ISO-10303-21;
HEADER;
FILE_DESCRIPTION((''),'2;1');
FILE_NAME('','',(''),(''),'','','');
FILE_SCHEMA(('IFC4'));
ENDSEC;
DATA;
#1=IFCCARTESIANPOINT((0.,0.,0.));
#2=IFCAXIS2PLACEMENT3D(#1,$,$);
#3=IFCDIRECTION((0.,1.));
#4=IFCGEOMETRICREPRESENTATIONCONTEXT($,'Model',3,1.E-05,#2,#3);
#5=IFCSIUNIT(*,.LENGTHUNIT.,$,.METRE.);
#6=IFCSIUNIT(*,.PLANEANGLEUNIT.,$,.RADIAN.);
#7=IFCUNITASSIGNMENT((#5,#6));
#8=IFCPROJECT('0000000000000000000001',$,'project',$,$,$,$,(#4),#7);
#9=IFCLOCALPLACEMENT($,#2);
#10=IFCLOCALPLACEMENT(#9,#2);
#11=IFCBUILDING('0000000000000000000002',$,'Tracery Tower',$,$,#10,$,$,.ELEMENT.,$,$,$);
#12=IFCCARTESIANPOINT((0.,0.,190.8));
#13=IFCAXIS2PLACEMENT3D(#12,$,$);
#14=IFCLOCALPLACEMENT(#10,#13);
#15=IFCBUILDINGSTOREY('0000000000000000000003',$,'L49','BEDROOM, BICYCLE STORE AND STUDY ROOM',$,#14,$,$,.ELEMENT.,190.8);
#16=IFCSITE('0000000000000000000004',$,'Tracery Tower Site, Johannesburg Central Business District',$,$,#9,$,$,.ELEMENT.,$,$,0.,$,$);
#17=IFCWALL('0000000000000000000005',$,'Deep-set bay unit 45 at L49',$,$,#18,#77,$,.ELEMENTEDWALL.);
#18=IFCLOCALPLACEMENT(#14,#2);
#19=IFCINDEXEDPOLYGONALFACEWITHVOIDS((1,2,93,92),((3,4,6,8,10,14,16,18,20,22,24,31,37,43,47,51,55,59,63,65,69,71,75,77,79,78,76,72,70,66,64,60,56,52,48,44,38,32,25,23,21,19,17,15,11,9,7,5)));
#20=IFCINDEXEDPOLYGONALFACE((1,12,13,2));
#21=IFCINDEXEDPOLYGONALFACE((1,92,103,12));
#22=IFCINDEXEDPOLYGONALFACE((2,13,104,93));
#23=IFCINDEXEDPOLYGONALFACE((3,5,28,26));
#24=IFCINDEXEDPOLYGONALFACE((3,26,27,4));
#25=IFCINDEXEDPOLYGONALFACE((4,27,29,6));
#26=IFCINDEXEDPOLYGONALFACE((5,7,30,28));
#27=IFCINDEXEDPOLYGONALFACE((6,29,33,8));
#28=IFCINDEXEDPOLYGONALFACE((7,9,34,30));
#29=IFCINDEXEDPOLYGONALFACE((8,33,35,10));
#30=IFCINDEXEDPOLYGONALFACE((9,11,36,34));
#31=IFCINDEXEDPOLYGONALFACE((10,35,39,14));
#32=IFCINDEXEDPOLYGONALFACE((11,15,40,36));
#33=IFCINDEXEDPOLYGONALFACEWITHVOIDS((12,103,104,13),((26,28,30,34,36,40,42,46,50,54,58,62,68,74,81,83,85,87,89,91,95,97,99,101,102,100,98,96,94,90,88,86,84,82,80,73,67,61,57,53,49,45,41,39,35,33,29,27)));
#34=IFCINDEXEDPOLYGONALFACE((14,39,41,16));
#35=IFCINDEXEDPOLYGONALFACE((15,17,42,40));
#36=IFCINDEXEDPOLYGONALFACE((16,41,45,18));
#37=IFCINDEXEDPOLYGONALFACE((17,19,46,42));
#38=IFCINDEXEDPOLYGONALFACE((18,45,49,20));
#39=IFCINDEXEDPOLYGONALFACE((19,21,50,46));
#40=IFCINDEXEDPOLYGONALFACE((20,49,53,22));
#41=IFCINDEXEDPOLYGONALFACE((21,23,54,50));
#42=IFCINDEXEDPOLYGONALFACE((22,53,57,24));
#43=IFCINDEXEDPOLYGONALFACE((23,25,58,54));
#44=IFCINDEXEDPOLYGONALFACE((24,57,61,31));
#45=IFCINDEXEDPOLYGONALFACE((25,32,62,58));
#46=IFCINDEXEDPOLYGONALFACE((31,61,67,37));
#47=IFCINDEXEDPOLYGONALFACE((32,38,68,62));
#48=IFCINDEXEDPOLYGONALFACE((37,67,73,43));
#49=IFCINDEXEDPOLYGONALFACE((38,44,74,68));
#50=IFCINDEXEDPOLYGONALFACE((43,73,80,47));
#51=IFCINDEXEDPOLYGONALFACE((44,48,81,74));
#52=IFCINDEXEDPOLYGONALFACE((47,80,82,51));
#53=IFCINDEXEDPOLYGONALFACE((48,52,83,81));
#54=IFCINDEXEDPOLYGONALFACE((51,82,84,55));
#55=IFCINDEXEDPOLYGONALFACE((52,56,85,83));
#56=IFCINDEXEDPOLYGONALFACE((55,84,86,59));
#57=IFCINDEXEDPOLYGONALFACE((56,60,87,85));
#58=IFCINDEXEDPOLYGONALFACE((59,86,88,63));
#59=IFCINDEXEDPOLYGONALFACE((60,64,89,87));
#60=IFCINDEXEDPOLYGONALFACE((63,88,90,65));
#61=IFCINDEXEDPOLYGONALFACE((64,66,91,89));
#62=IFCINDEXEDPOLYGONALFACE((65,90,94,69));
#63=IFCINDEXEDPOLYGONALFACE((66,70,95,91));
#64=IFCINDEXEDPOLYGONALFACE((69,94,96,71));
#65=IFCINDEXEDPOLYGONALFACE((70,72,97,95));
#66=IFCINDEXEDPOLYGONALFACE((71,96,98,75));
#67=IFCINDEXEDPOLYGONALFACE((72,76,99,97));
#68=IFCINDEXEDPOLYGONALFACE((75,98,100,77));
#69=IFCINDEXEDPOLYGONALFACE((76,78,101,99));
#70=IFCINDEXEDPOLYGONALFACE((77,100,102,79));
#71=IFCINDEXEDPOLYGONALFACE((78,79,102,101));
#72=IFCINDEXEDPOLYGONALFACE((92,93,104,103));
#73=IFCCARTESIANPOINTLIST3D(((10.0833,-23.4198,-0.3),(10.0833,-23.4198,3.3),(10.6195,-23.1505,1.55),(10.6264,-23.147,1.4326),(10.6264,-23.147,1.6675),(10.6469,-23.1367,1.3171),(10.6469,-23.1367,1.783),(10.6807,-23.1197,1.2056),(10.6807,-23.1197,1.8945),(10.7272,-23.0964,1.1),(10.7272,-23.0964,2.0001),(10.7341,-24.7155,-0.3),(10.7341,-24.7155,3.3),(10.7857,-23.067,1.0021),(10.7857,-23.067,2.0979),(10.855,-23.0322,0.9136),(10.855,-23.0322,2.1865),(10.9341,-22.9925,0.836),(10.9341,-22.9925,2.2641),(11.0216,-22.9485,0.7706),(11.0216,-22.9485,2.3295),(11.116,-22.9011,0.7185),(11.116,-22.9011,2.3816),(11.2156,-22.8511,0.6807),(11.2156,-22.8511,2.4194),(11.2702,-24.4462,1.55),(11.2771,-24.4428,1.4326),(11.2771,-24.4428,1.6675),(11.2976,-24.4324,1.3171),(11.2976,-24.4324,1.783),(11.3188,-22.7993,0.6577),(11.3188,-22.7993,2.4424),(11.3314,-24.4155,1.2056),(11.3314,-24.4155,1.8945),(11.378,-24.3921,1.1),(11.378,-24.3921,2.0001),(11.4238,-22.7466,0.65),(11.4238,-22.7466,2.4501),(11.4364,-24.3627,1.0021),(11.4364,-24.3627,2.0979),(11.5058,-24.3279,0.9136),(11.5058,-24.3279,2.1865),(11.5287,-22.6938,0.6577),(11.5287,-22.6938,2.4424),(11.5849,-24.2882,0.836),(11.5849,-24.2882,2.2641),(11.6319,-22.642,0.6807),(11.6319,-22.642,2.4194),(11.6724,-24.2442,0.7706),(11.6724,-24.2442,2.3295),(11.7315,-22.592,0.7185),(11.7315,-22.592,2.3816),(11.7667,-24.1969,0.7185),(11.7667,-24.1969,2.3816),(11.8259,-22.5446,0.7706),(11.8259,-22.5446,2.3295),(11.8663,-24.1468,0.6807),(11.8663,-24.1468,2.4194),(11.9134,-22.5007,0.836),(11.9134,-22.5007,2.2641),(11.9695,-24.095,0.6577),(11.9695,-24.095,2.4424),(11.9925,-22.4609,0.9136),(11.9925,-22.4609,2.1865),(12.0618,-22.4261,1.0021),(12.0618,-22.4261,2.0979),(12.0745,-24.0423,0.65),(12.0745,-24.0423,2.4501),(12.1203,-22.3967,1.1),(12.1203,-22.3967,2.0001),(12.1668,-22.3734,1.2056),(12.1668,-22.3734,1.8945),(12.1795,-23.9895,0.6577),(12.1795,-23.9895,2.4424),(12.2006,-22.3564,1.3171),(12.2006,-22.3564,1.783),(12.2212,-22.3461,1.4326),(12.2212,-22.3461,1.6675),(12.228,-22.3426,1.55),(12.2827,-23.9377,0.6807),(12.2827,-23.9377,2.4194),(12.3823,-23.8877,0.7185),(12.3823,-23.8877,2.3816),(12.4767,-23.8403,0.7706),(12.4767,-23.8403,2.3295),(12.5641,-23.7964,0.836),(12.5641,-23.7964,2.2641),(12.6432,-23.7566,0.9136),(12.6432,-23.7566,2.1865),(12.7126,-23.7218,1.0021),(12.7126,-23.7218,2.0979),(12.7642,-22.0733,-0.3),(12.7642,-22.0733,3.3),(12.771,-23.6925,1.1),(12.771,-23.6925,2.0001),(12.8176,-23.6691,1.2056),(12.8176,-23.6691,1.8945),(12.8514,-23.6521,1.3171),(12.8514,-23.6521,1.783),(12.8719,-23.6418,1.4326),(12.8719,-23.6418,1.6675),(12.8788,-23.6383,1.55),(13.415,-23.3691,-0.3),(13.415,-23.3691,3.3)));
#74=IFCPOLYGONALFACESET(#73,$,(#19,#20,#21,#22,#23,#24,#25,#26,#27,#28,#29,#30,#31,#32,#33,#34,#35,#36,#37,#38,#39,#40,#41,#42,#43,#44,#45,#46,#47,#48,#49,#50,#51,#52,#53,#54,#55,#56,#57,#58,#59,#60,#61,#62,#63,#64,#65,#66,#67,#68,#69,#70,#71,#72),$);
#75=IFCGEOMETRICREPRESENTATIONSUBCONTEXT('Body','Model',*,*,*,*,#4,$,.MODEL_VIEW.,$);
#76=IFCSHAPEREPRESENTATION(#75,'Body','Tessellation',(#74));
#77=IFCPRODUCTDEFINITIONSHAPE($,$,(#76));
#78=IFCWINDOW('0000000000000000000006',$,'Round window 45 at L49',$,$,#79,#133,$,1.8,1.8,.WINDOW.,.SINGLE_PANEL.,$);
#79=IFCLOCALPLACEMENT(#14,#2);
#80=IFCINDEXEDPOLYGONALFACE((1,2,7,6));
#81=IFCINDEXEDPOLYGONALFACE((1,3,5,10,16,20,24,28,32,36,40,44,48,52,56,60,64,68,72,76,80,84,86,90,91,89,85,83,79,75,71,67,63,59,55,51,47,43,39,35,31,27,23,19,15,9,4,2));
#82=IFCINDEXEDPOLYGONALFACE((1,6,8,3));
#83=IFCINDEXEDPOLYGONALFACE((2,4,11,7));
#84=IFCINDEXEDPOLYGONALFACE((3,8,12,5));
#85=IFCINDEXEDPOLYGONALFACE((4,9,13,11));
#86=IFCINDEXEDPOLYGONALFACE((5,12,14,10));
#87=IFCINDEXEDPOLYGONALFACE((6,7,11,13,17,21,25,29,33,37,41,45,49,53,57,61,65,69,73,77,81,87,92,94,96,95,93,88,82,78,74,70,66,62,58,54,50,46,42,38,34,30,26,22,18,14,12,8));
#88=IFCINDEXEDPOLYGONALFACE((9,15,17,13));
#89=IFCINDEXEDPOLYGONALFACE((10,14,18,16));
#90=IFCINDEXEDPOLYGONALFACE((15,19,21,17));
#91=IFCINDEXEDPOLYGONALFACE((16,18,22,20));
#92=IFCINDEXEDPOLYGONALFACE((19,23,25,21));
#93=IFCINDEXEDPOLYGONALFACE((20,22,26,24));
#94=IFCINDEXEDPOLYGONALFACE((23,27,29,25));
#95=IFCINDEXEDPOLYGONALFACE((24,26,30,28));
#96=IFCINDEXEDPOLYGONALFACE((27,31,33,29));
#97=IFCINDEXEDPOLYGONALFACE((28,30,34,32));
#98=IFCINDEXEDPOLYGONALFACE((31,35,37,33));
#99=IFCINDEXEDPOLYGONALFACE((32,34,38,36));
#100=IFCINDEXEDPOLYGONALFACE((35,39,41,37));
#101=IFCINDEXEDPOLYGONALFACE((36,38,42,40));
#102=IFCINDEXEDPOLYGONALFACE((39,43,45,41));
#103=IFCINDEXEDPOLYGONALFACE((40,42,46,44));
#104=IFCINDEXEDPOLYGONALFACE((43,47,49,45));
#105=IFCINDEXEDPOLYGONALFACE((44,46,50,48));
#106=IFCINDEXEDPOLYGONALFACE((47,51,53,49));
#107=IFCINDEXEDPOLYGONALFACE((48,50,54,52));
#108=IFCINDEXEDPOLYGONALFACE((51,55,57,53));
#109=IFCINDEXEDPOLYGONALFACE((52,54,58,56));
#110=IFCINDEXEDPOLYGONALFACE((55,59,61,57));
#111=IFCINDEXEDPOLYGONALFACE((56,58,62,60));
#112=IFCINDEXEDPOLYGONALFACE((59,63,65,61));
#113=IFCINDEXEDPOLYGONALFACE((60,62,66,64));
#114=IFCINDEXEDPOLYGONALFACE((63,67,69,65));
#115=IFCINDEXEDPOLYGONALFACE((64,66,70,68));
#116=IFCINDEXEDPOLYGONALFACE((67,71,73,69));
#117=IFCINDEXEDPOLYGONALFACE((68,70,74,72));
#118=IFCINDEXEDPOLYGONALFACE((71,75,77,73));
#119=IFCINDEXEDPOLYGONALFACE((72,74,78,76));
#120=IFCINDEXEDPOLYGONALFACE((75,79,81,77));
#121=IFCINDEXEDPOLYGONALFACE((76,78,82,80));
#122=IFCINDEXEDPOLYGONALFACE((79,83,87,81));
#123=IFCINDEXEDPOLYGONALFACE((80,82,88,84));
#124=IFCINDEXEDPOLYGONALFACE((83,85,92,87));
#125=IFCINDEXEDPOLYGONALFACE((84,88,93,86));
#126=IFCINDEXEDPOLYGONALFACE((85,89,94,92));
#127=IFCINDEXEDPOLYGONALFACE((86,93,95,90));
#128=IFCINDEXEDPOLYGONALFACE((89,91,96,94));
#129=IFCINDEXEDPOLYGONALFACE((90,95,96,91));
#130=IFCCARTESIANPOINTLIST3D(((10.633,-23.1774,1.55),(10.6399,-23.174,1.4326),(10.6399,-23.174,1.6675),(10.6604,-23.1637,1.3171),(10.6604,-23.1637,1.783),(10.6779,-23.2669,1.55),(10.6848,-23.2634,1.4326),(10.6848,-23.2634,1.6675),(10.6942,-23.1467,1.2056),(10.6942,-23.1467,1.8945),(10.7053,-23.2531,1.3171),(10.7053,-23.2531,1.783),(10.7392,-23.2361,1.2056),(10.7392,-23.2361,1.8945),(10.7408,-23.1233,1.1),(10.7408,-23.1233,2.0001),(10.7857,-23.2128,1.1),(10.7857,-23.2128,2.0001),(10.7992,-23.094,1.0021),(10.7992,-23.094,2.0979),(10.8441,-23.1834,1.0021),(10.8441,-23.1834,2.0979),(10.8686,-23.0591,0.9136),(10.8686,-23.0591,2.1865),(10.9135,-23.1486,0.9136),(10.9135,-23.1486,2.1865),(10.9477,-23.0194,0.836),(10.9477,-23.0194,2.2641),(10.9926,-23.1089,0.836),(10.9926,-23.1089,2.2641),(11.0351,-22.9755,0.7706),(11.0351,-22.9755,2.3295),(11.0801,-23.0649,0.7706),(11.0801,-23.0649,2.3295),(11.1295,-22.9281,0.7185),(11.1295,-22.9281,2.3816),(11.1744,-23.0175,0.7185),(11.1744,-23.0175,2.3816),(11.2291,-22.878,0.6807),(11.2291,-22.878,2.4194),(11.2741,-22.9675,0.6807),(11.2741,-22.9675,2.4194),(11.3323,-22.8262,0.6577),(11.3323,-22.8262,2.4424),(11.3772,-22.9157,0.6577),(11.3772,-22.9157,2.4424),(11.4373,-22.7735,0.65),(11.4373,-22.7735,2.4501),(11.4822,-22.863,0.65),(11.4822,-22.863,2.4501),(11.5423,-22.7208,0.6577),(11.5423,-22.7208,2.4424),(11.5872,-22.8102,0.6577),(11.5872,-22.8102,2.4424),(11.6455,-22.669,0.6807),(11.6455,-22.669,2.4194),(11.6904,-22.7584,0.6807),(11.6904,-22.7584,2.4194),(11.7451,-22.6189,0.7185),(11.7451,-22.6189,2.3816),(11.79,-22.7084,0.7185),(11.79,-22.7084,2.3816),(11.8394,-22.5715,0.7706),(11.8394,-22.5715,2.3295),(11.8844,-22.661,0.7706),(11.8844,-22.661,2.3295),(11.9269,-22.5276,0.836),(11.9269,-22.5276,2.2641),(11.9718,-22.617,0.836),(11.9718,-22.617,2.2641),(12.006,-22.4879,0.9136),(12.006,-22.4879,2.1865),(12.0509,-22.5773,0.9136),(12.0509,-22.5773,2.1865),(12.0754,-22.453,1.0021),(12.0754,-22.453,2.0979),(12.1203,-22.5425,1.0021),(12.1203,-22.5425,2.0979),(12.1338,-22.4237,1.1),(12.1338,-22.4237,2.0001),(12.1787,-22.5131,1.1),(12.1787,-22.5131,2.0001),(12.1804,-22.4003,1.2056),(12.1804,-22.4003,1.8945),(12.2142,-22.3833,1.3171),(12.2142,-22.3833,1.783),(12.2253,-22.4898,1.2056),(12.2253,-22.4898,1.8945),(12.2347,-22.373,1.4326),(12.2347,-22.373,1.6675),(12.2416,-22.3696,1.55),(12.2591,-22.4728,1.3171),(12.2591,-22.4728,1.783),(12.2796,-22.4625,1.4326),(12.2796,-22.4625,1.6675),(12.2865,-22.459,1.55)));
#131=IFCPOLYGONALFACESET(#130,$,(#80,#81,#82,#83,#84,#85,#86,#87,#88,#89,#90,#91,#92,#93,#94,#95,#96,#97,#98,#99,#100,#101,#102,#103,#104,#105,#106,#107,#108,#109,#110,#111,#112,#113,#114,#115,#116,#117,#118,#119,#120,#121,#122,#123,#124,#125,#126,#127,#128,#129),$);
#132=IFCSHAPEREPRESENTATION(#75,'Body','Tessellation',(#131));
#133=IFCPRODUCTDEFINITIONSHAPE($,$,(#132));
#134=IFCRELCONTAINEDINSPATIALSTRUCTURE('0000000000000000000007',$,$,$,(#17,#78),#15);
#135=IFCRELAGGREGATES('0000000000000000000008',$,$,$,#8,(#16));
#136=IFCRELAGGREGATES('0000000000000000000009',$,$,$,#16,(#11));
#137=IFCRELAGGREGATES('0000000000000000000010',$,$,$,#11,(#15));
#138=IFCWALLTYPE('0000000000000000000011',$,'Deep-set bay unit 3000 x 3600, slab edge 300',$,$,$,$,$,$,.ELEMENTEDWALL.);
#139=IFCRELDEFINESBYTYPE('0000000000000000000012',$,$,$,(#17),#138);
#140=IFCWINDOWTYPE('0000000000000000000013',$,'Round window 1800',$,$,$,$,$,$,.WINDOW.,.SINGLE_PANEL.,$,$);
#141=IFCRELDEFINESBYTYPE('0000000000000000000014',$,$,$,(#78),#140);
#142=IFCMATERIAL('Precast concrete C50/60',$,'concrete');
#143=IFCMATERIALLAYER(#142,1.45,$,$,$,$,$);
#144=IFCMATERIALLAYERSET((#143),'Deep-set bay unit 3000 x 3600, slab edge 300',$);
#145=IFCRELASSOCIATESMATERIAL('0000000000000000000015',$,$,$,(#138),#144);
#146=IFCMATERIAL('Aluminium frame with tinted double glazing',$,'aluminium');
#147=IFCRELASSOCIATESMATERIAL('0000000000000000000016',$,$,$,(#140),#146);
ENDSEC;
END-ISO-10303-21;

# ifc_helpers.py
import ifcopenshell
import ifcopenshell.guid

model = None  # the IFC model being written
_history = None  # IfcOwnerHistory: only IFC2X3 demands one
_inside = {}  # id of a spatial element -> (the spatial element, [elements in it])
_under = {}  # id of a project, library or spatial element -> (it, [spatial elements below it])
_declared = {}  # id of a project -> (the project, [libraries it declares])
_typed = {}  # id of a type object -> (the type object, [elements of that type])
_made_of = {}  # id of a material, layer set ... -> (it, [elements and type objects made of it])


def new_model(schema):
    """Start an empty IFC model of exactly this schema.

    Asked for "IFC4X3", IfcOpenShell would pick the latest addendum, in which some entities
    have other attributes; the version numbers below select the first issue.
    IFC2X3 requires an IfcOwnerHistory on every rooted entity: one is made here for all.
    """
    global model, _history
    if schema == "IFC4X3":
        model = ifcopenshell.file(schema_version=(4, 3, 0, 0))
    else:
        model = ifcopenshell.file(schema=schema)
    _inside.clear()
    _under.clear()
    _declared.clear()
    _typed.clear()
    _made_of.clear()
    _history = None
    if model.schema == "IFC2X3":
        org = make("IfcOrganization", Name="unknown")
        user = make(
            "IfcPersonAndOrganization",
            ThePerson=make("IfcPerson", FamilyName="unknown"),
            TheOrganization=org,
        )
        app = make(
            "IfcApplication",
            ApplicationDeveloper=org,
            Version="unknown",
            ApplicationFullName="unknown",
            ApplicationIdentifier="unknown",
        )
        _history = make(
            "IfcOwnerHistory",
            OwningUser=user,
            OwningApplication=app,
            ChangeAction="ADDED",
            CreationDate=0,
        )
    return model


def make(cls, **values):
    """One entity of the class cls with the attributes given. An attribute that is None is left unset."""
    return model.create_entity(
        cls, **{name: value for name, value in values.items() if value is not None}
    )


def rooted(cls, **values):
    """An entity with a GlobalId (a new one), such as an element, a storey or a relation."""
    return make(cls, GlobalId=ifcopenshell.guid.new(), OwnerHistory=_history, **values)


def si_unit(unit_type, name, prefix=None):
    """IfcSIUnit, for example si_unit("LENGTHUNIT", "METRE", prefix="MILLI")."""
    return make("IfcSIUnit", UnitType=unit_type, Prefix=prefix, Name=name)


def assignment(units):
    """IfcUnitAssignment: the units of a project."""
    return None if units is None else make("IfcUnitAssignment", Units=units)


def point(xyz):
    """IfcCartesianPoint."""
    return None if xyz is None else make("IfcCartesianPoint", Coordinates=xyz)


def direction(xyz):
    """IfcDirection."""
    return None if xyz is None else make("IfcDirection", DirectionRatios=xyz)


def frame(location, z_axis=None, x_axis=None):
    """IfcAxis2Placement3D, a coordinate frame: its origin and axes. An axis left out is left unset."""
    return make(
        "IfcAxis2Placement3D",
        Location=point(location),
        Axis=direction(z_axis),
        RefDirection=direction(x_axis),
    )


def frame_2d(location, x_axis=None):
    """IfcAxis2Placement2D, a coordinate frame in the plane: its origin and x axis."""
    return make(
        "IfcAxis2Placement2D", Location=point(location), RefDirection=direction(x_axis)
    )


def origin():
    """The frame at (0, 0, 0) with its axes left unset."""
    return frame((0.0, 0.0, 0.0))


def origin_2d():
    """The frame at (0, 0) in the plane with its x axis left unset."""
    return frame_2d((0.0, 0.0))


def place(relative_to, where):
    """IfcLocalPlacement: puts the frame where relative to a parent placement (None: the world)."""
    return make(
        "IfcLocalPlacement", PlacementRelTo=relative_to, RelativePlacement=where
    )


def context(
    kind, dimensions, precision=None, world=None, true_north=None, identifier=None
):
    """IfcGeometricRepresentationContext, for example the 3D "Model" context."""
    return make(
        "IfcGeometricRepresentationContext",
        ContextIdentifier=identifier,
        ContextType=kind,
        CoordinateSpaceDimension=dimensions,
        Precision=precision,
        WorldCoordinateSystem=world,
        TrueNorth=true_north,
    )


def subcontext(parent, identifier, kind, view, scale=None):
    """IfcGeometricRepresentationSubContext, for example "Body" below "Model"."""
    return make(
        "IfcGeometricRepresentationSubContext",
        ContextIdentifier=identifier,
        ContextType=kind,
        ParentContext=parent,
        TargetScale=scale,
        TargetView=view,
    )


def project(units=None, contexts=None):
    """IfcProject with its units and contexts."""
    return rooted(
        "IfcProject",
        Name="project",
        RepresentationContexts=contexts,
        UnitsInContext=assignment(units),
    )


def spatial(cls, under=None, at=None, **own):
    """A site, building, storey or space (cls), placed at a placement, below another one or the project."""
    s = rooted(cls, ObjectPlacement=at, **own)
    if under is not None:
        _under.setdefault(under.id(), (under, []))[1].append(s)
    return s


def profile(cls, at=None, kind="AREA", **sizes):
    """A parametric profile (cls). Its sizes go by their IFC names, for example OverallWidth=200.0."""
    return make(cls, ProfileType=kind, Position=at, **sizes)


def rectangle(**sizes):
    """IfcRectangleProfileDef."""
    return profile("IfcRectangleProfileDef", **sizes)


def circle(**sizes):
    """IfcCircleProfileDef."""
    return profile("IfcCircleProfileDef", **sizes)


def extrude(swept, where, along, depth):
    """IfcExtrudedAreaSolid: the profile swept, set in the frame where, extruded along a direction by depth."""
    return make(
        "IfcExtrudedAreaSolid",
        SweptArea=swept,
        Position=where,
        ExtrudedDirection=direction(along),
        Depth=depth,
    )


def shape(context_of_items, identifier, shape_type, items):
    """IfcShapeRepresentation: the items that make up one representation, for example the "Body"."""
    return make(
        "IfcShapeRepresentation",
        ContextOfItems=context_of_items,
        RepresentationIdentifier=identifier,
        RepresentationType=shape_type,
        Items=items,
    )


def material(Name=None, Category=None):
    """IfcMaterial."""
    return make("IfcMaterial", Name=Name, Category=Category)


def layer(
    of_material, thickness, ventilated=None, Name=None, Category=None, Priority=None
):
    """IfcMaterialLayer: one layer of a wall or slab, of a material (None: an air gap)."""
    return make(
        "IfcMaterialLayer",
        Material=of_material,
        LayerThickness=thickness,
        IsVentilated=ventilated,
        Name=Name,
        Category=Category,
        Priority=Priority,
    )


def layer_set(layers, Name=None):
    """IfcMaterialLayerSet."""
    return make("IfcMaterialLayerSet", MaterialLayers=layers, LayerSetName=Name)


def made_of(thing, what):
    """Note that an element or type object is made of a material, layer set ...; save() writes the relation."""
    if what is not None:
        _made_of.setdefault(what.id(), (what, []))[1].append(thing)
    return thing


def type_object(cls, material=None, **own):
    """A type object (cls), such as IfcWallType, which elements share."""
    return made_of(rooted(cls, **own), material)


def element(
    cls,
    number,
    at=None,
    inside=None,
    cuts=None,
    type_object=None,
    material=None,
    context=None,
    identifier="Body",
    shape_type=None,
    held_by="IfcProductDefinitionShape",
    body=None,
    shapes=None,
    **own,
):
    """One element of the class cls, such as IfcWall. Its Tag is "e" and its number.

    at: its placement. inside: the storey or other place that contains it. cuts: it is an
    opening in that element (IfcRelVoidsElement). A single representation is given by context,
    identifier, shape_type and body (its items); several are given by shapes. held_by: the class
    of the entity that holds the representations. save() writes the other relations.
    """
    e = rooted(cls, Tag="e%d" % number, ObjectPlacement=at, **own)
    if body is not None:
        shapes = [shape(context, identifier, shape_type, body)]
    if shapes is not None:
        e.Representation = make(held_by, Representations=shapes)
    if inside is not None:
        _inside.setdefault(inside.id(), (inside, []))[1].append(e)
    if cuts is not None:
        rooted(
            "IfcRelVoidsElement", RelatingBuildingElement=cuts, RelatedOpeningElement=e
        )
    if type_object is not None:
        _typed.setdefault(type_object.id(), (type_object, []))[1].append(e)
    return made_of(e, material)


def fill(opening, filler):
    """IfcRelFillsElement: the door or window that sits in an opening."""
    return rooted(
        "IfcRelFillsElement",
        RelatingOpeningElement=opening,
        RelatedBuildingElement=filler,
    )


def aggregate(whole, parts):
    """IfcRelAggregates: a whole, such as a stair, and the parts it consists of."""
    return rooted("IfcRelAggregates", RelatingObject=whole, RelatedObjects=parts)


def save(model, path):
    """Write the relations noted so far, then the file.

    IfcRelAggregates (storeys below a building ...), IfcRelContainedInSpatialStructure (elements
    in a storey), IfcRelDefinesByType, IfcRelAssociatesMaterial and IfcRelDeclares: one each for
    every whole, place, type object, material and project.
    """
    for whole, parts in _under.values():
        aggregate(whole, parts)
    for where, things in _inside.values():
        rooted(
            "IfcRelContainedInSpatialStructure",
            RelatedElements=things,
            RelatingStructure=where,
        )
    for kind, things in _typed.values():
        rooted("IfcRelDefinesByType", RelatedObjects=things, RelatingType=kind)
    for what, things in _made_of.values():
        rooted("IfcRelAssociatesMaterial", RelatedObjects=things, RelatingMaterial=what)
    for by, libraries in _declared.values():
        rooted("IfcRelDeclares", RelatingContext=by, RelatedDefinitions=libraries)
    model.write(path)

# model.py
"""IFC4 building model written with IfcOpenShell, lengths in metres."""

from ifc_helpers import new_model, si_unit, direction, frame, frame_2d, origin, origin_2d, place, context, subcontext, project, spatial, rectangle, circle, extrude, material, layer, layer_set, type_object, element, fill, save


model = new_model("IFC4")

# Units and contexts
model_context = context("Model", 3, precision=1e-05, world=origin(), true_north=direction((0.0, 1.0)))
body_context = subcontext(model_context, "Body", "Model", "MODEL_VIEW")
ifc_project = project(units=[si_unit("LENGTHUNIT", "METRE"), si_unit("PLANEANGLEUNIT", "RADIAN")], contexts=[model_context])

# Site, building, storey
site_placement = place(None, origin())
site = spatial("IfcSite", under=ifc_project, at=site_placement, Name="Tracery Tower Site, Johannesburg Central Business District", CompositionType="ELEMENT", RefElevation=0.0)
building_placement = place(site_placement, origin())
building = spatial("IfcBuilding", under=site, at=building_placement, Name="Tracery Tower", CompositionType="ELEMENT")
storey_placement = place(building_placement, frame((0.0, 0.0, 190.8)))
storey = spatial("IfcBuildingStorey", under=building, at=storey_placement, Name="L49", Description="BEDROOM, BICYCLE STORE AND STUDY ROOM", CompositionType="ELEMENT", Elevation=190.8)

# Wall, opening, window
ifc_material_1 = material(Name="Precast concrete C50/60", Category="concrete")
ifc_layer_1 = layer(ifc_material_1, 1.45)
ifc_layer_set_1 = layer_set([ifc_layer_1], Name="Deep-set bay unit 3000 x 3600, slab edge 300")
wall_type_1 = type_object("IfcWallType", Name="Deep-set bay unit 3000 x 3600, slab edge 300", PredefinedType="ELEMENTEDWALL", material=ifc_layer_set_1)
ifc_material_2 = material(Name="Aluminium frame with tinted double glazing", Category="aluminium")
window_type = type_object("IfcWindowType", Name="Round window 1800", PartitioningType="SINGLE_PANEL", PredefinedType="WINDOW", material=ifc_material_2)
wall_1_placement = place(storey_placement, frame((10.4087, -24.0676, -0.3), z_axis=(0.0, 0.0, 1.0), x_axis=(0.893628, 0.448808, 0.0)))
wall_1 = element("IfcWall", 1, at=wall_1_placement, inside=storey, type_object=wall_type_1, Name="Deep-set bay unit 45 at L49", PredefinedType="ELEMENTEDWALL", context=body_context, shape_type="SweptSolid", body=[
    extrude(rectangle(XDim=3.0, YDim=1.45, at=frame_2d((1.5, 0.0))), origin(), (0.0, 0.0, 1.0), 3.6001),
])
opening_1_placement = place(wall_1_placement, frame((1.5, 0.0, 1.8501)))
opening_1 = element("IfcOpeningElement", 2, at=opening_1_placement, cuts=wall_1, PredefinedType="OPENING", context=body_context, shape_type="SweptSolid", body=[
    extrude(circle(Radius=0.9, at=origin_2d()), frame((0.0, 0.7349, 0.0), z_axis=(0.0, -1.0, 0.0), x_axis=(1.0, 0.0, 0.0)), (0.0, 0.0, 1.0), 1.47),
])
window_1_placement = place(opening_1_placement, origin())
window_1 = element("IfcWindow", 3, at=window_1_placement, inside=storey, type_object=window_type, Name="Round window 45 at L49", OverallHeight=1.8, OverallWidth=1.8, PartitioningType="SINGLE_PANEL", PredefinedType="WINDOW", context=body_context, shape_type="SweptSolid", body=[
    extrude(circle(Radius=0.9, at=origin_2d()), frame((0.0, 0.6948, 0.0), z_axis=(0.0, -1.0, 0.0), x_axis=(1.0, 0.0, 0.0)), (0.0, 0.0, 1.0), 0.1001),
])
fill(opening_1, window_1)

save(model, "model.ifc")
